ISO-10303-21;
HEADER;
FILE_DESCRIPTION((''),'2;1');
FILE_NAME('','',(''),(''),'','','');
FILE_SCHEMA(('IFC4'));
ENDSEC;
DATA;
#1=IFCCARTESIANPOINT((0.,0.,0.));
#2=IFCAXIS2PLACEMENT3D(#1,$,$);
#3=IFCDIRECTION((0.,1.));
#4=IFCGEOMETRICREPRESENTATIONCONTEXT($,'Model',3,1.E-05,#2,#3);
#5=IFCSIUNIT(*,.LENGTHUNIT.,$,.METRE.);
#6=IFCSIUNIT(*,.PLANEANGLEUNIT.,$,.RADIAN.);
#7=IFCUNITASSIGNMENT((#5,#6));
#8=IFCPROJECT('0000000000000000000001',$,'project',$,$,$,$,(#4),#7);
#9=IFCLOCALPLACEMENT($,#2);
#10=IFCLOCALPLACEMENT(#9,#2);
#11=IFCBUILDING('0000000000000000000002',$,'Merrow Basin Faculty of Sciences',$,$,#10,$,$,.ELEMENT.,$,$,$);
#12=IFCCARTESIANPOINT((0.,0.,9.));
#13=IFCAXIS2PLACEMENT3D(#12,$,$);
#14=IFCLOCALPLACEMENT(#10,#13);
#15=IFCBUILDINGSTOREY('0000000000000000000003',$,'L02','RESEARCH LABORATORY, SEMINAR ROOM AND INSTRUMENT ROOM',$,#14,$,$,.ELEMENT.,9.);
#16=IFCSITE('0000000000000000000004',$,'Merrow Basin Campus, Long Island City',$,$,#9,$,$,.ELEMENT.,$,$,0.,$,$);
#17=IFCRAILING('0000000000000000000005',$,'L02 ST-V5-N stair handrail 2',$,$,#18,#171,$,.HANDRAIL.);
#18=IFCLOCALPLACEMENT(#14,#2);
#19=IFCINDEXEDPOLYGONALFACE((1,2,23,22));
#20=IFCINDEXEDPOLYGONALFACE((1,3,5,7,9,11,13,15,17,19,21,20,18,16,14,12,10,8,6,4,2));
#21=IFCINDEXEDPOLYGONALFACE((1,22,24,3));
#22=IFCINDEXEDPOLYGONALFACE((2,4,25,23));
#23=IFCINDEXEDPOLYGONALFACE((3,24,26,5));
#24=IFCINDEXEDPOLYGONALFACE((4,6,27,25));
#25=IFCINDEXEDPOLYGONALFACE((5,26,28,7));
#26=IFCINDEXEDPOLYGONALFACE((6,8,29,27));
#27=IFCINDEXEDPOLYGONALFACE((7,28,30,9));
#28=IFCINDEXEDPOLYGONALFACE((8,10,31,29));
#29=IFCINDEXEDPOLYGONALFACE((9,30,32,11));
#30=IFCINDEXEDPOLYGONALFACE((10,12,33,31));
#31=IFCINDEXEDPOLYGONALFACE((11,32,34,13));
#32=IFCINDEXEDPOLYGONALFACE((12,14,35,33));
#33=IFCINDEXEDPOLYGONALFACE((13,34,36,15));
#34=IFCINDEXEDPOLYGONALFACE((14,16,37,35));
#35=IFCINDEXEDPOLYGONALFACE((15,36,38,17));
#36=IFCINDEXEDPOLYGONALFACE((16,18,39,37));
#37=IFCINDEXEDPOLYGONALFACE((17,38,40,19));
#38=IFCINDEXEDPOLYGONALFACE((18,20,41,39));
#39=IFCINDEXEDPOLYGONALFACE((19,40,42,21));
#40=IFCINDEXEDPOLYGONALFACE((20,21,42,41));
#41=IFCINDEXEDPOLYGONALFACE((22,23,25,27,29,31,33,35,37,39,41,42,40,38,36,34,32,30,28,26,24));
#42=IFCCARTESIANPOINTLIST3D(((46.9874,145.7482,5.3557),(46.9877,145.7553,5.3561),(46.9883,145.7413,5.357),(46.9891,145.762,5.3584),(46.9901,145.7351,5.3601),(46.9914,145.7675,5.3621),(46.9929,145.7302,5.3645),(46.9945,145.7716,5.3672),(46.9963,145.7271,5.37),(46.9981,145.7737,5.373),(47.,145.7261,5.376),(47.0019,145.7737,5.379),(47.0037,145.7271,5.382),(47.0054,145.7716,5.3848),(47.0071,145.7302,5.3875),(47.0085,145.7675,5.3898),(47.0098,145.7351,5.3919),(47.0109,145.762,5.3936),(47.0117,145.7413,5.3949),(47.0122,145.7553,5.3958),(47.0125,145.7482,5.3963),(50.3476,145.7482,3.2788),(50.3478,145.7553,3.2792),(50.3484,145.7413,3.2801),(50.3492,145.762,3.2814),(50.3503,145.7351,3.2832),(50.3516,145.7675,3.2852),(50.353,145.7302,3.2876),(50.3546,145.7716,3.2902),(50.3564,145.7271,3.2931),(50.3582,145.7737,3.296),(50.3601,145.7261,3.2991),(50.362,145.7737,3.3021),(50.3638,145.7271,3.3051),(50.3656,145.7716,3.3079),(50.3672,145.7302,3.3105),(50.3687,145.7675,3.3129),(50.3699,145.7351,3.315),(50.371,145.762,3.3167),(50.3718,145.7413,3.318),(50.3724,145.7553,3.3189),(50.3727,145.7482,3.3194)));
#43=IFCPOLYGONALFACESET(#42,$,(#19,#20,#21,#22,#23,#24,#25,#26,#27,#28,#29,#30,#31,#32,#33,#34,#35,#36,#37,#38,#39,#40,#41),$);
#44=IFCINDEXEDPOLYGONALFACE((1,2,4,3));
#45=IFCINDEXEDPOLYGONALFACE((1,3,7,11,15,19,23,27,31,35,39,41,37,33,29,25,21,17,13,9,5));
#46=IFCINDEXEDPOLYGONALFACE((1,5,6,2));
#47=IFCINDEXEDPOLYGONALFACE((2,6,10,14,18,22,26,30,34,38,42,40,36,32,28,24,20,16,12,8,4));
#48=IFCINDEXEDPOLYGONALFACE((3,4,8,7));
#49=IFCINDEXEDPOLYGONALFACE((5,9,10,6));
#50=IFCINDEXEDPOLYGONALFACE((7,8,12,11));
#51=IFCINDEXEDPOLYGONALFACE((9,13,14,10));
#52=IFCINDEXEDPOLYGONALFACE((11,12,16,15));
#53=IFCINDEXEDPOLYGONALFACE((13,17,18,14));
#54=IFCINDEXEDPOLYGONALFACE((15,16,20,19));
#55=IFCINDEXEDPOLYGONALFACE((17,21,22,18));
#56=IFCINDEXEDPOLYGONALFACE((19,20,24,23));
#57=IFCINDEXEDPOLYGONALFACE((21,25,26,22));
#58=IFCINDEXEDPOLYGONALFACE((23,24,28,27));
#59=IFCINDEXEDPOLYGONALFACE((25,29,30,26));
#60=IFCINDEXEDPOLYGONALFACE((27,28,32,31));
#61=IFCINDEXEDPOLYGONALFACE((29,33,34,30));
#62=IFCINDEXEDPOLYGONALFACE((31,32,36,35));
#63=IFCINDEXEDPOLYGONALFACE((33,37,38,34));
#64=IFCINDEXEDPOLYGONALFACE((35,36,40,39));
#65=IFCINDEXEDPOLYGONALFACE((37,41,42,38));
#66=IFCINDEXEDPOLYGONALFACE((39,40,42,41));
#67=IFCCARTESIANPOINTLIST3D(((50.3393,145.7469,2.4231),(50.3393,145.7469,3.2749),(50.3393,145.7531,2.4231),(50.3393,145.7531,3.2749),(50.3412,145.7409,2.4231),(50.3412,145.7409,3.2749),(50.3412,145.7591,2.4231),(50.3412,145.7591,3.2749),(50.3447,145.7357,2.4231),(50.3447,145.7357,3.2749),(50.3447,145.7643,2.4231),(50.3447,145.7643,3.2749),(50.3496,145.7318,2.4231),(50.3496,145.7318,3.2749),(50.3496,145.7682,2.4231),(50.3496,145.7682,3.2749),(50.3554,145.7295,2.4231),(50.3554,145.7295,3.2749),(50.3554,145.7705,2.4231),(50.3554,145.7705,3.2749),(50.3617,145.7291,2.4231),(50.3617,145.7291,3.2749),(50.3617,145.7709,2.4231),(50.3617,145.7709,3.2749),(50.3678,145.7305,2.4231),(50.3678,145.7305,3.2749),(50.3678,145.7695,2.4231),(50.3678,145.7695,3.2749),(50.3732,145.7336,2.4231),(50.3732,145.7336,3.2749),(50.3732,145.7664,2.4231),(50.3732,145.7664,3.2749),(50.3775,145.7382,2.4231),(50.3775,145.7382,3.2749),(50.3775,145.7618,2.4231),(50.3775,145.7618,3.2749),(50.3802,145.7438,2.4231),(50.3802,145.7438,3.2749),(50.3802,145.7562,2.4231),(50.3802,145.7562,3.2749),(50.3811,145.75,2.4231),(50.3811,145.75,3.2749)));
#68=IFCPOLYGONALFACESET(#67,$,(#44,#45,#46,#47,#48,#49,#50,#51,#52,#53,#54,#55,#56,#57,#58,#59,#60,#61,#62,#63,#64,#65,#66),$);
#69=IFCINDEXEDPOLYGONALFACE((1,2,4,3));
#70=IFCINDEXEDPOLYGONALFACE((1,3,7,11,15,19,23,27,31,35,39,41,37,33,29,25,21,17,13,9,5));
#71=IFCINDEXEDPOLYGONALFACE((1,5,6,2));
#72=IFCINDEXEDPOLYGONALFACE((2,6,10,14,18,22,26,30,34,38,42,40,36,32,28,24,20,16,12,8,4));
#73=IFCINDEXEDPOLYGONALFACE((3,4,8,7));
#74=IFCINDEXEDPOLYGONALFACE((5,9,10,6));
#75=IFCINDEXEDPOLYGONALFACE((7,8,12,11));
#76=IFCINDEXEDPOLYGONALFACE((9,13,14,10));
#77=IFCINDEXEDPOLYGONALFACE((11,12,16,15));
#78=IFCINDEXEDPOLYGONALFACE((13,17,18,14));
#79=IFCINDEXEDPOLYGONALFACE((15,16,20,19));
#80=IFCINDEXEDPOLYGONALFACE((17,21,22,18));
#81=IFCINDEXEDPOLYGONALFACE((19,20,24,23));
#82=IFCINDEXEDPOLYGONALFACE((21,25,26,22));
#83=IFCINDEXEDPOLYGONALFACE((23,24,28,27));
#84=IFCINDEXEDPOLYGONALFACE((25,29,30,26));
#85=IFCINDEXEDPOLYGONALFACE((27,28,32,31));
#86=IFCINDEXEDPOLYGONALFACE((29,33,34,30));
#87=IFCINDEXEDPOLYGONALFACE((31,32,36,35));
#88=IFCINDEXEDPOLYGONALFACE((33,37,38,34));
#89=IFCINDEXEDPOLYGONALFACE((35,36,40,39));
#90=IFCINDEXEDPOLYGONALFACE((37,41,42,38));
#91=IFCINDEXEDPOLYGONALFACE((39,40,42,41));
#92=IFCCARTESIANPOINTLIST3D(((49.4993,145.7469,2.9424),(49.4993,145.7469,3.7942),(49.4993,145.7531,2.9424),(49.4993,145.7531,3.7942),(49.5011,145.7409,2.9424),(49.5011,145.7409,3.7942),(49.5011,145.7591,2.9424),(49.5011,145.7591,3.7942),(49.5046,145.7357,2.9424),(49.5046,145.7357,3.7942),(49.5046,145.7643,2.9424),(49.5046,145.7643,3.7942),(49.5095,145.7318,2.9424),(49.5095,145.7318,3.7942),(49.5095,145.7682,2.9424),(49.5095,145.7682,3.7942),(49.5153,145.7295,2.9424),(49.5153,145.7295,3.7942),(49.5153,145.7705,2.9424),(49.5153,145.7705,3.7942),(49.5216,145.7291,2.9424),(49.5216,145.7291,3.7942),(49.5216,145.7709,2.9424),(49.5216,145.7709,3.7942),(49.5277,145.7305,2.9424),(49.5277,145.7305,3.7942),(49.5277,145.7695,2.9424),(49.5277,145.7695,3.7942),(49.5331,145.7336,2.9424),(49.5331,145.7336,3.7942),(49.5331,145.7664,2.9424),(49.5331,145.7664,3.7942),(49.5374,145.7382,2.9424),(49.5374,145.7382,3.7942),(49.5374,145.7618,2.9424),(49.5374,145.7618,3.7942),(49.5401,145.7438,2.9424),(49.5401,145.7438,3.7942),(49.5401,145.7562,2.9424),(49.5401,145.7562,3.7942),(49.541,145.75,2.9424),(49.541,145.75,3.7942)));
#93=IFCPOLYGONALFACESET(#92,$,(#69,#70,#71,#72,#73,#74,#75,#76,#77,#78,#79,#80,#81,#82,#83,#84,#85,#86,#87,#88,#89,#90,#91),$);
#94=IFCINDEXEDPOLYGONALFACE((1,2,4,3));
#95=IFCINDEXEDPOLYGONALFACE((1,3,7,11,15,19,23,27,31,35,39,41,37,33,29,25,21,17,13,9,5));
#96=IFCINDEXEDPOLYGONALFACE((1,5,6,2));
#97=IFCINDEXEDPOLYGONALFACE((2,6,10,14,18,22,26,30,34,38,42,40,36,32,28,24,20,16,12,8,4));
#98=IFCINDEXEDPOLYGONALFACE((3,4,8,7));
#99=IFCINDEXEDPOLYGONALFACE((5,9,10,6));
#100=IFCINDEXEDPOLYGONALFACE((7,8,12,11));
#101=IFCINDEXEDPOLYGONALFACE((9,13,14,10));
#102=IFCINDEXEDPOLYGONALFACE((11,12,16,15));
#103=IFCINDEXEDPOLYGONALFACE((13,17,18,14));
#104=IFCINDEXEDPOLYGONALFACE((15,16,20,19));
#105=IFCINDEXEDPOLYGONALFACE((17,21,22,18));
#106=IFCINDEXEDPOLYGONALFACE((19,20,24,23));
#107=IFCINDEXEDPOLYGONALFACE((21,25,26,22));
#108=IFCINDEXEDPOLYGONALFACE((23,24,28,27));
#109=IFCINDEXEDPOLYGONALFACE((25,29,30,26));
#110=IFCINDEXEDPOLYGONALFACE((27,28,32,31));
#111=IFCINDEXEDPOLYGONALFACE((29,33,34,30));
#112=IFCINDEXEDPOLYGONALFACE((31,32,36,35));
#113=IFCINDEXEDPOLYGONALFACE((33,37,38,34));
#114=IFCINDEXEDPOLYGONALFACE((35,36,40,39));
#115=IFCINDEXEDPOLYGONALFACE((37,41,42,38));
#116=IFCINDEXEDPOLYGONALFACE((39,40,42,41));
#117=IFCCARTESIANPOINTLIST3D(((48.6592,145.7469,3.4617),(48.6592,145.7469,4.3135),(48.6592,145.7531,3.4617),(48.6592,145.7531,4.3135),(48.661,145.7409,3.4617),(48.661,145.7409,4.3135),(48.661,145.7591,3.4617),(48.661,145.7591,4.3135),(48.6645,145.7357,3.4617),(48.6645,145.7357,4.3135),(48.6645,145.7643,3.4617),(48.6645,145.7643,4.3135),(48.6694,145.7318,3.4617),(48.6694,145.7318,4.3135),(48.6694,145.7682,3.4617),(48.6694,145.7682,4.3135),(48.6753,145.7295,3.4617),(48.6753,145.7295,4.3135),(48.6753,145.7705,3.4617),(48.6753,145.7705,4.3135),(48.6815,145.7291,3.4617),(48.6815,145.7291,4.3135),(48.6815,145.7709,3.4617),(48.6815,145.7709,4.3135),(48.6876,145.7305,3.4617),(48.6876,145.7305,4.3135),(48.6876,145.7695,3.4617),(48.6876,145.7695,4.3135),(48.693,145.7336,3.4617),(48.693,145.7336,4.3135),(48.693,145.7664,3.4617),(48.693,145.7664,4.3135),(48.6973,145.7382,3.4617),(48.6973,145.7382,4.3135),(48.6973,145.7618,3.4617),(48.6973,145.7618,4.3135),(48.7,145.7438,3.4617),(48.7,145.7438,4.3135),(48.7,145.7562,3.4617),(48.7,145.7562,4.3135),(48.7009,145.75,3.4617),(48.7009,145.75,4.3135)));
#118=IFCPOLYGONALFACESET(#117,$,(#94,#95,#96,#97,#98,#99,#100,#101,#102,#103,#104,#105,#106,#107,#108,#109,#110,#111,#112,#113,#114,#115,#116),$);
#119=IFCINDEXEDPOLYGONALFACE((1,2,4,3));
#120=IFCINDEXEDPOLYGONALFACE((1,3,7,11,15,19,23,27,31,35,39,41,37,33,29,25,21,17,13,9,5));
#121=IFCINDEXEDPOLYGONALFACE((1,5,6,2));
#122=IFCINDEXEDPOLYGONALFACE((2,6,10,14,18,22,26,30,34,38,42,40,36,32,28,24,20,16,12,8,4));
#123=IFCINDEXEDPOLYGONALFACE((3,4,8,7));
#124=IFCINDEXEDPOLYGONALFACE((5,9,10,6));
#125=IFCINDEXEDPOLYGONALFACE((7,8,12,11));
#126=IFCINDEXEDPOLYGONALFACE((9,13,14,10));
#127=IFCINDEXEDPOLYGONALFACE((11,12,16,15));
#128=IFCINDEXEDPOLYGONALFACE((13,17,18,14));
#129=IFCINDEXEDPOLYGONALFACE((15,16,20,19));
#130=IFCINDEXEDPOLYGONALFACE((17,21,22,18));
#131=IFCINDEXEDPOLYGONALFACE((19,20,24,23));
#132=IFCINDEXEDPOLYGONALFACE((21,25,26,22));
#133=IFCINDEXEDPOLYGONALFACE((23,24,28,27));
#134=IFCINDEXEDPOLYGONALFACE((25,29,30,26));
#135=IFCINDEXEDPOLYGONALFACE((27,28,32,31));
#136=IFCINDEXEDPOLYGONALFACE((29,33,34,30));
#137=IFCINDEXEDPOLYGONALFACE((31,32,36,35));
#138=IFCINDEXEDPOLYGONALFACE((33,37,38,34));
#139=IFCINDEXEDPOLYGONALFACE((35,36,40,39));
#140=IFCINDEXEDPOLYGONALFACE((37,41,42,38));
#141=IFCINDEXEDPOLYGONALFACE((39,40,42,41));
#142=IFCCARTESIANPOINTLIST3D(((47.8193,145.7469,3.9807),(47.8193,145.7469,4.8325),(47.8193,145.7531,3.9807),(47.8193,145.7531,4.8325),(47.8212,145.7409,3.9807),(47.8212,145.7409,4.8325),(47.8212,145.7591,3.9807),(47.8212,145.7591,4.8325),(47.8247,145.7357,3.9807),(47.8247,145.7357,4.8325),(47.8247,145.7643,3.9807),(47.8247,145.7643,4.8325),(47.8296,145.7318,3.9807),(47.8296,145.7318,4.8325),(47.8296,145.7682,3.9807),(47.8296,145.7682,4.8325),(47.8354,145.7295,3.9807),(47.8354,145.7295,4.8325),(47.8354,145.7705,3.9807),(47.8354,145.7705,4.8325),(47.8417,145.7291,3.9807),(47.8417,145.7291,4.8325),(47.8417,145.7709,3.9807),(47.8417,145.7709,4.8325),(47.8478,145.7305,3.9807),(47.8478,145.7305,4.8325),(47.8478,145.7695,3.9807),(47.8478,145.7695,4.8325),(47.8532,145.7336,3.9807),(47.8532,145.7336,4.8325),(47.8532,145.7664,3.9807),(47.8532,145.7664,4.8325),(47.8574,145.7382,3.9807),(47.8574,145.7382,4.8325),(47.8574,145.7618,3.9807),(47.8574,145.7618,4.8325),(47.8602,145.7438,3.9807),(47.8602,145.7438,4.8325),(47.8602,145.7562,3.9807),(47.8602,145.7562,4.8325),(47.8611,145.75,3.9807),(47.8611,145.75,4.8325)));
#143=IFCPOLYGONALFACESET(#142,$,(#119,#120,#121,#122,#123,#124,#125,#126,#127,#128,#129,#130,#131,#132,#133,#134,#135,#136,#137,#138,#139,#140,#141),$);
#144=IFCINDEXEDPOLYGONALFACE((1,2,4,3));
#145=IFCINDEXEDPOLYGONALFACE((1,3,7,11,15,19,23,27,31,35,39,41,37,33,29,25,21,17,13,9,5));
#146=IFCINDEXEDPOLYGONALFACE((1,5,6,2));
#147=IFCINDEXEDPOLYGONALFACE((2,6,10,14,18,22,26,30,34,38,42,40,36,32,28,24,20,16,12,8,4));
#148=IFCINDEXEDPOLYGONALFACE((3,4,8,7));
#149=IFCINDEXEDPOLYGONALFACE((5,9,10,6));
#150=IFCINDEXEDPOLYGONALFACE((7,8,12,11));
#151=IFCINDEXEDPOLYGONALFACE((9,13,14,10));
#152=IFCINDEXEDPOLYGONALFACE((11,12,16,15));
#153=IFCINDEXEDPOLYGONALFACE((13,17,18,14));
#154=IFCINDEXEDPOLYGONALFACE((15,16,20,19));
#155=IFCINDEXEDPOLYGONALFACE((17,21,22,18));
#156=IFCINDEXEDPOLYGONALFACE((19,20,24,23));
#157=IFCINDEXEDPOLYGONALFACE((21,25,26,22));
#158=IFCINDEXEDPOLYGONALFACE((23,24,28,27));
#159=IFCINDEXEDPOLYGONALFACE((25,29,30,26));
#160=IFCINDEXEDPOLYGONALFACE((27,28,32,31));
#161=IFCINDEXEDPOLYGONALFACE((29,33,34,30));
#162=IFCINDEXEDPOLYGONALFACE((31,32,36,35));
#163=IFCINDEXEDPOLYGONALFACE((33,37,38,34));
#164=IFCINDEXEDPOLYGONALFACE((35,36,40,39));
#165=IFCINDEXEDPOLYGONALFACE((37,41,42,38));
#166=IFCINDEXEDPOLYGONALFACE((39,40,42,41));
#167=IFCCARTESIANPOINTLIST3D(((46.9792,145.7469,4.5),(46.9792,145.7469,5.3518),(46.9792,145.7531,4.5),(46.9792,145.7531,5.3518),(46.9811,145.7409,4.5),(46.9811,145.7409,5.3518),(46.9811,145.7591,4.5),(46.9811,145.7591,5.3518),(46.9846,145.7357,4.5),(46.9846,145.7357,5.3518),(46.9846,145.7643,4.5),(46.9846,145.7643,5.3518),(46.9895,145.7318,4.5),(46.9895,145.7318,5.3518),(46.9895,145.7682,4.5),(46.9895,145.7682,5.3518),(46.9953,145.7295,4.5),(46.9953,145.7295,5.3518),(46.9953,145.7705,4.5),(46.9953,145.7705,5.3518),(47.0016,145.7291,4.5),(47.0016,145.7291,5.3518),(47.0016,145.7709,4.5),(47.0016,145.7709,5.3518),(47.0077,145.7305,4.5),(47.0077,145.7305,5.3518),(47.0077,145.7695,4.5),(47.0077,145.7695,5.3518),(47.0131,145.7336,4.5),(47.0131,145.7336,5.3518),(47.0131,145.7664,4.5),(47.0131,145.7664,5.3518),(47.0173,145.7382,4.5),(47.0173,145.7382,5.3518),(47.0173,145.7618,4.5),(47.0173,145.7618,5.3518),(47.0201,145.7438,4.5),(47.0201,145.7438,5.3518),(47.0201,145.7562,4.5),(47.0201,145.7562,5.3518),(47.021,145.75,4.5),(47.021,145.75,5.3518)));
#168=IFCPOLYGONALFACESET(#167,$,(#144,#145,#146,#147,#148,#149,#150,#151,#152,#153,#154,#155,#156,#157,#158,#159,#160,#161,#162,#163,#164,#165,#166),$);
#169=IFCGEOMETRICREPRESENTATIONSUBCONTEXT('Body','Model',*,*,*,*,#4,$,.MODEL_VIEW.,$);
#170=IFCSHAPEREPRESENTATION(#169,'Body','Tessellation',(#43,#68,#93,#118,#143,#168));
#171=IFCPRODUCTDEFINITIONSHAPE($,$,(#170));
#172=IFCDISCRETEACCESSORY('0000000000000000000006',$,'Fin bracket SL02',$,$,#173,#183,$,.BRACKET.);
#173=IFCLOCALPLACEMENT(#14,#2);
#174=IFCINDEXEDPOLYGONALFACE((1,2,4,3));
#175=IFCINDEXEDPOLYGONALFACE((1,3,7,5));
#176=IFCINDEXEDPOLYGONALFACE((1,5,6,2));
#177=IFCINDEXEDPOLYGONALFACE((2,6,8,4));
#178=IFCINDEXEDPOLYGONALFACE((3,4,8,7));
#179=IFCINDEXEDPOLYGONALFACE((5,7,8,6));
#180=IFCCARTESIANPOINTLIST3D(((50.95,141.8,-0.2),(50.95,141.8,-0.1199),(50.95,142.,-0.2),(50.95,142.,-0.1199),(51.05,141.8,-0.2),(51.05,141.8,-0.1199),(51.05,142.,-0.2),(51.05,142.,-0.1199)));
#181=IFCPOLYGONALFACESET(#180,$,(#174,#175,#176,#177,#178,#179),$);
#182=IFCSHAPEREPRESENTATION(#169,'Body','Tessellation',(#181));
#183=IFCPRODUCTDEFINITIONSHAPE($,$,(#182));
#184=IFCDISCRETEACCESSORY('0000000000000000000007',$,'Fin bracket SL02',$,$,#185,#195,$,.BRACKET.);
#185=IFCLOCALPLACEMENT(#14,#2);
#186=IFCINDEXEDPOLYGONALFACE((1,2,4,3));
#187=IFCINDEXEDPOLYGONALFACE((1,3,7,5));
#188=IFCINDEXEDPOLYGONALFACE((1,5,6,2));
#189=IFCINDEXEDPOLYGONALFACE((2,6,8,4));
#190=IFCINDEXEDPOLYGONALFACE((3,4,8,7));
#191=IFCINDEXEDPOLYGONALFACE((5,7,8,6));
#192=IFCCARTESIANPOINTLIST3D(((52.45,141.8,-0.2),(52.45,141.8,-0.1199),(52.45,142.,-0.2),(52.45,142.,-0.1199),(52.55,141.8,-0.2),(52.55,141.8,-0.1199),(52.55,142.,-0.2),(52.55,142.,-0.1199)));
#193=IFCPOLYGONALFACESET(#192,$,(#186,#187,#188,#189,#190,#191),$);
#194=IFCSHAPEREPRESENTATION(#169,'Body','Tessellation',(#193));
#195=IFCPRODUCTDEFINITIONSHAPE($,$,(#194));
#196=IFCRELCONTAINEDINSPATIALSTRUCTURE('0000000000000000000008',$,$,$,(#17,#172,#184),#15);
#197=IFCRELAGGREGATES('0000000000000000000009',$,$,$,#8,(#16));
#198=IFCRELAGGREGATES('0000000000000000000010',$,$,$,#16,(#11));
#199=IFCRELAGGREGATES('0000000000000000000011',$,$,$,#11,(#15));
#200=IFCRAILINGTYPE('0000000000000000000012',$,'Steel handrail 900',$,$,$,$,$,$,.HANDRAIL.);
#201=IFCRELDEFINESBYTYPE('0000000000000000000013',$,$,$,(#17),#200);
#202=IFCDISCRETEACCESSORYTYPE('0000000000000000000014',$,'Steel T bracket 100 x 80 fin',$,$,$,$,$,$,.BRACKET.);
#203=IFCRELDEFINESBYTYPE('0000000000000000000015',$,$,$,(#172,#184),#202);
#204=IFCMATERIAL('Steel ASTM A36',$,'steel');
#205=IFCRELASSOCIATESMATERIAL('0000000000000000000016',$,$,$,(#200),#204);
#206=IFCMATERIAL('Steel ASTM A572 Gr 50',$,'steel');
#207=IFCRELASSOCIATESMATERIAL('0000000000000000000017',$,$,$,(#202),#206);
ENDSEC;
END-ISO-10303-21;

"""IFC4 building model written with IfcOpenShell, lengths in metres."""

from ifc_helpers import new_model, si_unit, direction, frame, origin, origin_2d, place, context, subcontext, project, spatial, polyline, circle, outline, extrude, source, transform, mapped, material, type_object, element, save


model = new_model("IFC4")

# Units and contexts
model_context = context("Model", 3, precision=1e-05, world=origin(), true_north=direction((0.0, 1.0)))
body_context = subcontext(model_context, "Body", "Model", "MODEL_VIEW")
ifc_project = project(units=[si_unit("LENGTHUNIT", "METRE"), si_unit("PLANEANGLEUNIT", "RADIAN")], contexts=[model_context])

# Site, building, storey
site_placement = place(None, origin())
site = spatial("IfcSite", under=ifc_project, at=site_placement, Name="Merrow Basin Campus, Long Island City", CompositionType="ELEMENT", RefElevation=0.0)
building_placement = place(site_placement, origin())
building = spatial("IfcBuilding", under=site, at=building_placement, Name="Merrow Basin Faculty of Sciences", CompositionType="ELEMENT")
storey_placement = place(building_placement, frame((0.0, 0.0, 9.0)))
storey = spatial("IfcBuildingStorey", under=building, at=storey_placement, Name="L02", Description="RESEARCH LABORATORY, SEMINAR ROOM AND INSTRUMENT ROOM", CompositionType="ELEMENT", Elevation=9.0)

# Railing
ifc_material_1 = material(Name="Steel ASTM A36", Category="steel")
railing_type_1 = type_object("IfcRailingType", Name="Steel handrail 900", PredefinedType="HANDRAIL", material=ifc_material_1)
railing_1_placement = place(storey_placement, frame((50.3601, 145.75, 2.4231)))
element("IfcRailing", 1, at=railing_1_placement, inside=storey, type_object=railing_type_1, Name="L02 ST-V5-N stair handrail 2", PredefinedType="HANDRAIL", context=body_context, shape_type="SweptSolid", body=[
    extrude(circle(Radius=0.0239, at=origin_2d()), frame((0.0, 0.0, 0.876), z_axis=(-0.850623, 0.0, 0.525776), x_axis=(0.0, -1.0, 0.0)), (0.0, 0.0, 1.0), 3.9502),
    extrude(circle(Radius=0.021, at=origin_2d()), origin(), (0.0, 0.0, 1.0), 0.8518),
    extrude(circle(Radius=0.021, at=origin_2d()), frame((-0.8401, 0.0, 0.5193)), (0.0, 0.0, 1.0), 0.8518),
    extrude(circle(Radius=0.021, at=origin_2d()), frame((-1.6802, 0.0, 1.0386)), (0.0, 0.0, 1.0), 0.8518),
    extrude(circle(Radius=0.021, at=origin_2d()), frame((-2.52, 0.0, 1.5576)), (0.0, 0.0, 1.0), 0.8518),
    extrude(circle(Radius=0.021, at=origin_2d()), frame((-3.3601, 0.0, 2.0769)), (0.0, 0.0, 1.0), 0.8518),
])

# Discrete accessories
ifc_material_2 = material(Name="Steel ASTM A572 Gr 50", Category="steel")
discrete_accessory_type = type_object("IfcDiscreteAccessoryType", Name="Steel T bracket 100 x 80 fin", PredefinedType="BRACKET", material=ifc_material_2)
shared_shape = source(origin(), body_context, "Body", "SweptSolid", [
    extrude(outline(polyline([(0.0, 0.0), (0.1001, 0.0), (0.1001, 0.0801), (0.0, 0.0801), (0.0, 0.0)])), origin(), (0.0, 0.0, 1.0), 0.2),
])
for number, where, z_axis, x_axis, name in (
    (2, (50.95, 142.0, -0.2), (0.0, -1.0, 0.0), (1.0, 0.0, 0.0), "Fin bracket SL02"),
    (3, (52.45, 142.0, -0.2), (0.0, -1.0, 0.0), (1.0, 0.0, 0.0), "Fin bracket SL02"),
):
    element("IfcDiscreteAccessory", number, at=place(storey_placement, frame(where, z_axis=z_axis, x_axis=x_axis)), inside=storey, type_object=discrete_accessory_type, Name=name, PredefinedType="BRACKET", context=body_context, shape_type="MappedRepresentation", body=[
        mapped(shared_shape, transform((0.0, 0.0, 0.0), scale=1.0)),
    ])

save(model, "model.ifc")
